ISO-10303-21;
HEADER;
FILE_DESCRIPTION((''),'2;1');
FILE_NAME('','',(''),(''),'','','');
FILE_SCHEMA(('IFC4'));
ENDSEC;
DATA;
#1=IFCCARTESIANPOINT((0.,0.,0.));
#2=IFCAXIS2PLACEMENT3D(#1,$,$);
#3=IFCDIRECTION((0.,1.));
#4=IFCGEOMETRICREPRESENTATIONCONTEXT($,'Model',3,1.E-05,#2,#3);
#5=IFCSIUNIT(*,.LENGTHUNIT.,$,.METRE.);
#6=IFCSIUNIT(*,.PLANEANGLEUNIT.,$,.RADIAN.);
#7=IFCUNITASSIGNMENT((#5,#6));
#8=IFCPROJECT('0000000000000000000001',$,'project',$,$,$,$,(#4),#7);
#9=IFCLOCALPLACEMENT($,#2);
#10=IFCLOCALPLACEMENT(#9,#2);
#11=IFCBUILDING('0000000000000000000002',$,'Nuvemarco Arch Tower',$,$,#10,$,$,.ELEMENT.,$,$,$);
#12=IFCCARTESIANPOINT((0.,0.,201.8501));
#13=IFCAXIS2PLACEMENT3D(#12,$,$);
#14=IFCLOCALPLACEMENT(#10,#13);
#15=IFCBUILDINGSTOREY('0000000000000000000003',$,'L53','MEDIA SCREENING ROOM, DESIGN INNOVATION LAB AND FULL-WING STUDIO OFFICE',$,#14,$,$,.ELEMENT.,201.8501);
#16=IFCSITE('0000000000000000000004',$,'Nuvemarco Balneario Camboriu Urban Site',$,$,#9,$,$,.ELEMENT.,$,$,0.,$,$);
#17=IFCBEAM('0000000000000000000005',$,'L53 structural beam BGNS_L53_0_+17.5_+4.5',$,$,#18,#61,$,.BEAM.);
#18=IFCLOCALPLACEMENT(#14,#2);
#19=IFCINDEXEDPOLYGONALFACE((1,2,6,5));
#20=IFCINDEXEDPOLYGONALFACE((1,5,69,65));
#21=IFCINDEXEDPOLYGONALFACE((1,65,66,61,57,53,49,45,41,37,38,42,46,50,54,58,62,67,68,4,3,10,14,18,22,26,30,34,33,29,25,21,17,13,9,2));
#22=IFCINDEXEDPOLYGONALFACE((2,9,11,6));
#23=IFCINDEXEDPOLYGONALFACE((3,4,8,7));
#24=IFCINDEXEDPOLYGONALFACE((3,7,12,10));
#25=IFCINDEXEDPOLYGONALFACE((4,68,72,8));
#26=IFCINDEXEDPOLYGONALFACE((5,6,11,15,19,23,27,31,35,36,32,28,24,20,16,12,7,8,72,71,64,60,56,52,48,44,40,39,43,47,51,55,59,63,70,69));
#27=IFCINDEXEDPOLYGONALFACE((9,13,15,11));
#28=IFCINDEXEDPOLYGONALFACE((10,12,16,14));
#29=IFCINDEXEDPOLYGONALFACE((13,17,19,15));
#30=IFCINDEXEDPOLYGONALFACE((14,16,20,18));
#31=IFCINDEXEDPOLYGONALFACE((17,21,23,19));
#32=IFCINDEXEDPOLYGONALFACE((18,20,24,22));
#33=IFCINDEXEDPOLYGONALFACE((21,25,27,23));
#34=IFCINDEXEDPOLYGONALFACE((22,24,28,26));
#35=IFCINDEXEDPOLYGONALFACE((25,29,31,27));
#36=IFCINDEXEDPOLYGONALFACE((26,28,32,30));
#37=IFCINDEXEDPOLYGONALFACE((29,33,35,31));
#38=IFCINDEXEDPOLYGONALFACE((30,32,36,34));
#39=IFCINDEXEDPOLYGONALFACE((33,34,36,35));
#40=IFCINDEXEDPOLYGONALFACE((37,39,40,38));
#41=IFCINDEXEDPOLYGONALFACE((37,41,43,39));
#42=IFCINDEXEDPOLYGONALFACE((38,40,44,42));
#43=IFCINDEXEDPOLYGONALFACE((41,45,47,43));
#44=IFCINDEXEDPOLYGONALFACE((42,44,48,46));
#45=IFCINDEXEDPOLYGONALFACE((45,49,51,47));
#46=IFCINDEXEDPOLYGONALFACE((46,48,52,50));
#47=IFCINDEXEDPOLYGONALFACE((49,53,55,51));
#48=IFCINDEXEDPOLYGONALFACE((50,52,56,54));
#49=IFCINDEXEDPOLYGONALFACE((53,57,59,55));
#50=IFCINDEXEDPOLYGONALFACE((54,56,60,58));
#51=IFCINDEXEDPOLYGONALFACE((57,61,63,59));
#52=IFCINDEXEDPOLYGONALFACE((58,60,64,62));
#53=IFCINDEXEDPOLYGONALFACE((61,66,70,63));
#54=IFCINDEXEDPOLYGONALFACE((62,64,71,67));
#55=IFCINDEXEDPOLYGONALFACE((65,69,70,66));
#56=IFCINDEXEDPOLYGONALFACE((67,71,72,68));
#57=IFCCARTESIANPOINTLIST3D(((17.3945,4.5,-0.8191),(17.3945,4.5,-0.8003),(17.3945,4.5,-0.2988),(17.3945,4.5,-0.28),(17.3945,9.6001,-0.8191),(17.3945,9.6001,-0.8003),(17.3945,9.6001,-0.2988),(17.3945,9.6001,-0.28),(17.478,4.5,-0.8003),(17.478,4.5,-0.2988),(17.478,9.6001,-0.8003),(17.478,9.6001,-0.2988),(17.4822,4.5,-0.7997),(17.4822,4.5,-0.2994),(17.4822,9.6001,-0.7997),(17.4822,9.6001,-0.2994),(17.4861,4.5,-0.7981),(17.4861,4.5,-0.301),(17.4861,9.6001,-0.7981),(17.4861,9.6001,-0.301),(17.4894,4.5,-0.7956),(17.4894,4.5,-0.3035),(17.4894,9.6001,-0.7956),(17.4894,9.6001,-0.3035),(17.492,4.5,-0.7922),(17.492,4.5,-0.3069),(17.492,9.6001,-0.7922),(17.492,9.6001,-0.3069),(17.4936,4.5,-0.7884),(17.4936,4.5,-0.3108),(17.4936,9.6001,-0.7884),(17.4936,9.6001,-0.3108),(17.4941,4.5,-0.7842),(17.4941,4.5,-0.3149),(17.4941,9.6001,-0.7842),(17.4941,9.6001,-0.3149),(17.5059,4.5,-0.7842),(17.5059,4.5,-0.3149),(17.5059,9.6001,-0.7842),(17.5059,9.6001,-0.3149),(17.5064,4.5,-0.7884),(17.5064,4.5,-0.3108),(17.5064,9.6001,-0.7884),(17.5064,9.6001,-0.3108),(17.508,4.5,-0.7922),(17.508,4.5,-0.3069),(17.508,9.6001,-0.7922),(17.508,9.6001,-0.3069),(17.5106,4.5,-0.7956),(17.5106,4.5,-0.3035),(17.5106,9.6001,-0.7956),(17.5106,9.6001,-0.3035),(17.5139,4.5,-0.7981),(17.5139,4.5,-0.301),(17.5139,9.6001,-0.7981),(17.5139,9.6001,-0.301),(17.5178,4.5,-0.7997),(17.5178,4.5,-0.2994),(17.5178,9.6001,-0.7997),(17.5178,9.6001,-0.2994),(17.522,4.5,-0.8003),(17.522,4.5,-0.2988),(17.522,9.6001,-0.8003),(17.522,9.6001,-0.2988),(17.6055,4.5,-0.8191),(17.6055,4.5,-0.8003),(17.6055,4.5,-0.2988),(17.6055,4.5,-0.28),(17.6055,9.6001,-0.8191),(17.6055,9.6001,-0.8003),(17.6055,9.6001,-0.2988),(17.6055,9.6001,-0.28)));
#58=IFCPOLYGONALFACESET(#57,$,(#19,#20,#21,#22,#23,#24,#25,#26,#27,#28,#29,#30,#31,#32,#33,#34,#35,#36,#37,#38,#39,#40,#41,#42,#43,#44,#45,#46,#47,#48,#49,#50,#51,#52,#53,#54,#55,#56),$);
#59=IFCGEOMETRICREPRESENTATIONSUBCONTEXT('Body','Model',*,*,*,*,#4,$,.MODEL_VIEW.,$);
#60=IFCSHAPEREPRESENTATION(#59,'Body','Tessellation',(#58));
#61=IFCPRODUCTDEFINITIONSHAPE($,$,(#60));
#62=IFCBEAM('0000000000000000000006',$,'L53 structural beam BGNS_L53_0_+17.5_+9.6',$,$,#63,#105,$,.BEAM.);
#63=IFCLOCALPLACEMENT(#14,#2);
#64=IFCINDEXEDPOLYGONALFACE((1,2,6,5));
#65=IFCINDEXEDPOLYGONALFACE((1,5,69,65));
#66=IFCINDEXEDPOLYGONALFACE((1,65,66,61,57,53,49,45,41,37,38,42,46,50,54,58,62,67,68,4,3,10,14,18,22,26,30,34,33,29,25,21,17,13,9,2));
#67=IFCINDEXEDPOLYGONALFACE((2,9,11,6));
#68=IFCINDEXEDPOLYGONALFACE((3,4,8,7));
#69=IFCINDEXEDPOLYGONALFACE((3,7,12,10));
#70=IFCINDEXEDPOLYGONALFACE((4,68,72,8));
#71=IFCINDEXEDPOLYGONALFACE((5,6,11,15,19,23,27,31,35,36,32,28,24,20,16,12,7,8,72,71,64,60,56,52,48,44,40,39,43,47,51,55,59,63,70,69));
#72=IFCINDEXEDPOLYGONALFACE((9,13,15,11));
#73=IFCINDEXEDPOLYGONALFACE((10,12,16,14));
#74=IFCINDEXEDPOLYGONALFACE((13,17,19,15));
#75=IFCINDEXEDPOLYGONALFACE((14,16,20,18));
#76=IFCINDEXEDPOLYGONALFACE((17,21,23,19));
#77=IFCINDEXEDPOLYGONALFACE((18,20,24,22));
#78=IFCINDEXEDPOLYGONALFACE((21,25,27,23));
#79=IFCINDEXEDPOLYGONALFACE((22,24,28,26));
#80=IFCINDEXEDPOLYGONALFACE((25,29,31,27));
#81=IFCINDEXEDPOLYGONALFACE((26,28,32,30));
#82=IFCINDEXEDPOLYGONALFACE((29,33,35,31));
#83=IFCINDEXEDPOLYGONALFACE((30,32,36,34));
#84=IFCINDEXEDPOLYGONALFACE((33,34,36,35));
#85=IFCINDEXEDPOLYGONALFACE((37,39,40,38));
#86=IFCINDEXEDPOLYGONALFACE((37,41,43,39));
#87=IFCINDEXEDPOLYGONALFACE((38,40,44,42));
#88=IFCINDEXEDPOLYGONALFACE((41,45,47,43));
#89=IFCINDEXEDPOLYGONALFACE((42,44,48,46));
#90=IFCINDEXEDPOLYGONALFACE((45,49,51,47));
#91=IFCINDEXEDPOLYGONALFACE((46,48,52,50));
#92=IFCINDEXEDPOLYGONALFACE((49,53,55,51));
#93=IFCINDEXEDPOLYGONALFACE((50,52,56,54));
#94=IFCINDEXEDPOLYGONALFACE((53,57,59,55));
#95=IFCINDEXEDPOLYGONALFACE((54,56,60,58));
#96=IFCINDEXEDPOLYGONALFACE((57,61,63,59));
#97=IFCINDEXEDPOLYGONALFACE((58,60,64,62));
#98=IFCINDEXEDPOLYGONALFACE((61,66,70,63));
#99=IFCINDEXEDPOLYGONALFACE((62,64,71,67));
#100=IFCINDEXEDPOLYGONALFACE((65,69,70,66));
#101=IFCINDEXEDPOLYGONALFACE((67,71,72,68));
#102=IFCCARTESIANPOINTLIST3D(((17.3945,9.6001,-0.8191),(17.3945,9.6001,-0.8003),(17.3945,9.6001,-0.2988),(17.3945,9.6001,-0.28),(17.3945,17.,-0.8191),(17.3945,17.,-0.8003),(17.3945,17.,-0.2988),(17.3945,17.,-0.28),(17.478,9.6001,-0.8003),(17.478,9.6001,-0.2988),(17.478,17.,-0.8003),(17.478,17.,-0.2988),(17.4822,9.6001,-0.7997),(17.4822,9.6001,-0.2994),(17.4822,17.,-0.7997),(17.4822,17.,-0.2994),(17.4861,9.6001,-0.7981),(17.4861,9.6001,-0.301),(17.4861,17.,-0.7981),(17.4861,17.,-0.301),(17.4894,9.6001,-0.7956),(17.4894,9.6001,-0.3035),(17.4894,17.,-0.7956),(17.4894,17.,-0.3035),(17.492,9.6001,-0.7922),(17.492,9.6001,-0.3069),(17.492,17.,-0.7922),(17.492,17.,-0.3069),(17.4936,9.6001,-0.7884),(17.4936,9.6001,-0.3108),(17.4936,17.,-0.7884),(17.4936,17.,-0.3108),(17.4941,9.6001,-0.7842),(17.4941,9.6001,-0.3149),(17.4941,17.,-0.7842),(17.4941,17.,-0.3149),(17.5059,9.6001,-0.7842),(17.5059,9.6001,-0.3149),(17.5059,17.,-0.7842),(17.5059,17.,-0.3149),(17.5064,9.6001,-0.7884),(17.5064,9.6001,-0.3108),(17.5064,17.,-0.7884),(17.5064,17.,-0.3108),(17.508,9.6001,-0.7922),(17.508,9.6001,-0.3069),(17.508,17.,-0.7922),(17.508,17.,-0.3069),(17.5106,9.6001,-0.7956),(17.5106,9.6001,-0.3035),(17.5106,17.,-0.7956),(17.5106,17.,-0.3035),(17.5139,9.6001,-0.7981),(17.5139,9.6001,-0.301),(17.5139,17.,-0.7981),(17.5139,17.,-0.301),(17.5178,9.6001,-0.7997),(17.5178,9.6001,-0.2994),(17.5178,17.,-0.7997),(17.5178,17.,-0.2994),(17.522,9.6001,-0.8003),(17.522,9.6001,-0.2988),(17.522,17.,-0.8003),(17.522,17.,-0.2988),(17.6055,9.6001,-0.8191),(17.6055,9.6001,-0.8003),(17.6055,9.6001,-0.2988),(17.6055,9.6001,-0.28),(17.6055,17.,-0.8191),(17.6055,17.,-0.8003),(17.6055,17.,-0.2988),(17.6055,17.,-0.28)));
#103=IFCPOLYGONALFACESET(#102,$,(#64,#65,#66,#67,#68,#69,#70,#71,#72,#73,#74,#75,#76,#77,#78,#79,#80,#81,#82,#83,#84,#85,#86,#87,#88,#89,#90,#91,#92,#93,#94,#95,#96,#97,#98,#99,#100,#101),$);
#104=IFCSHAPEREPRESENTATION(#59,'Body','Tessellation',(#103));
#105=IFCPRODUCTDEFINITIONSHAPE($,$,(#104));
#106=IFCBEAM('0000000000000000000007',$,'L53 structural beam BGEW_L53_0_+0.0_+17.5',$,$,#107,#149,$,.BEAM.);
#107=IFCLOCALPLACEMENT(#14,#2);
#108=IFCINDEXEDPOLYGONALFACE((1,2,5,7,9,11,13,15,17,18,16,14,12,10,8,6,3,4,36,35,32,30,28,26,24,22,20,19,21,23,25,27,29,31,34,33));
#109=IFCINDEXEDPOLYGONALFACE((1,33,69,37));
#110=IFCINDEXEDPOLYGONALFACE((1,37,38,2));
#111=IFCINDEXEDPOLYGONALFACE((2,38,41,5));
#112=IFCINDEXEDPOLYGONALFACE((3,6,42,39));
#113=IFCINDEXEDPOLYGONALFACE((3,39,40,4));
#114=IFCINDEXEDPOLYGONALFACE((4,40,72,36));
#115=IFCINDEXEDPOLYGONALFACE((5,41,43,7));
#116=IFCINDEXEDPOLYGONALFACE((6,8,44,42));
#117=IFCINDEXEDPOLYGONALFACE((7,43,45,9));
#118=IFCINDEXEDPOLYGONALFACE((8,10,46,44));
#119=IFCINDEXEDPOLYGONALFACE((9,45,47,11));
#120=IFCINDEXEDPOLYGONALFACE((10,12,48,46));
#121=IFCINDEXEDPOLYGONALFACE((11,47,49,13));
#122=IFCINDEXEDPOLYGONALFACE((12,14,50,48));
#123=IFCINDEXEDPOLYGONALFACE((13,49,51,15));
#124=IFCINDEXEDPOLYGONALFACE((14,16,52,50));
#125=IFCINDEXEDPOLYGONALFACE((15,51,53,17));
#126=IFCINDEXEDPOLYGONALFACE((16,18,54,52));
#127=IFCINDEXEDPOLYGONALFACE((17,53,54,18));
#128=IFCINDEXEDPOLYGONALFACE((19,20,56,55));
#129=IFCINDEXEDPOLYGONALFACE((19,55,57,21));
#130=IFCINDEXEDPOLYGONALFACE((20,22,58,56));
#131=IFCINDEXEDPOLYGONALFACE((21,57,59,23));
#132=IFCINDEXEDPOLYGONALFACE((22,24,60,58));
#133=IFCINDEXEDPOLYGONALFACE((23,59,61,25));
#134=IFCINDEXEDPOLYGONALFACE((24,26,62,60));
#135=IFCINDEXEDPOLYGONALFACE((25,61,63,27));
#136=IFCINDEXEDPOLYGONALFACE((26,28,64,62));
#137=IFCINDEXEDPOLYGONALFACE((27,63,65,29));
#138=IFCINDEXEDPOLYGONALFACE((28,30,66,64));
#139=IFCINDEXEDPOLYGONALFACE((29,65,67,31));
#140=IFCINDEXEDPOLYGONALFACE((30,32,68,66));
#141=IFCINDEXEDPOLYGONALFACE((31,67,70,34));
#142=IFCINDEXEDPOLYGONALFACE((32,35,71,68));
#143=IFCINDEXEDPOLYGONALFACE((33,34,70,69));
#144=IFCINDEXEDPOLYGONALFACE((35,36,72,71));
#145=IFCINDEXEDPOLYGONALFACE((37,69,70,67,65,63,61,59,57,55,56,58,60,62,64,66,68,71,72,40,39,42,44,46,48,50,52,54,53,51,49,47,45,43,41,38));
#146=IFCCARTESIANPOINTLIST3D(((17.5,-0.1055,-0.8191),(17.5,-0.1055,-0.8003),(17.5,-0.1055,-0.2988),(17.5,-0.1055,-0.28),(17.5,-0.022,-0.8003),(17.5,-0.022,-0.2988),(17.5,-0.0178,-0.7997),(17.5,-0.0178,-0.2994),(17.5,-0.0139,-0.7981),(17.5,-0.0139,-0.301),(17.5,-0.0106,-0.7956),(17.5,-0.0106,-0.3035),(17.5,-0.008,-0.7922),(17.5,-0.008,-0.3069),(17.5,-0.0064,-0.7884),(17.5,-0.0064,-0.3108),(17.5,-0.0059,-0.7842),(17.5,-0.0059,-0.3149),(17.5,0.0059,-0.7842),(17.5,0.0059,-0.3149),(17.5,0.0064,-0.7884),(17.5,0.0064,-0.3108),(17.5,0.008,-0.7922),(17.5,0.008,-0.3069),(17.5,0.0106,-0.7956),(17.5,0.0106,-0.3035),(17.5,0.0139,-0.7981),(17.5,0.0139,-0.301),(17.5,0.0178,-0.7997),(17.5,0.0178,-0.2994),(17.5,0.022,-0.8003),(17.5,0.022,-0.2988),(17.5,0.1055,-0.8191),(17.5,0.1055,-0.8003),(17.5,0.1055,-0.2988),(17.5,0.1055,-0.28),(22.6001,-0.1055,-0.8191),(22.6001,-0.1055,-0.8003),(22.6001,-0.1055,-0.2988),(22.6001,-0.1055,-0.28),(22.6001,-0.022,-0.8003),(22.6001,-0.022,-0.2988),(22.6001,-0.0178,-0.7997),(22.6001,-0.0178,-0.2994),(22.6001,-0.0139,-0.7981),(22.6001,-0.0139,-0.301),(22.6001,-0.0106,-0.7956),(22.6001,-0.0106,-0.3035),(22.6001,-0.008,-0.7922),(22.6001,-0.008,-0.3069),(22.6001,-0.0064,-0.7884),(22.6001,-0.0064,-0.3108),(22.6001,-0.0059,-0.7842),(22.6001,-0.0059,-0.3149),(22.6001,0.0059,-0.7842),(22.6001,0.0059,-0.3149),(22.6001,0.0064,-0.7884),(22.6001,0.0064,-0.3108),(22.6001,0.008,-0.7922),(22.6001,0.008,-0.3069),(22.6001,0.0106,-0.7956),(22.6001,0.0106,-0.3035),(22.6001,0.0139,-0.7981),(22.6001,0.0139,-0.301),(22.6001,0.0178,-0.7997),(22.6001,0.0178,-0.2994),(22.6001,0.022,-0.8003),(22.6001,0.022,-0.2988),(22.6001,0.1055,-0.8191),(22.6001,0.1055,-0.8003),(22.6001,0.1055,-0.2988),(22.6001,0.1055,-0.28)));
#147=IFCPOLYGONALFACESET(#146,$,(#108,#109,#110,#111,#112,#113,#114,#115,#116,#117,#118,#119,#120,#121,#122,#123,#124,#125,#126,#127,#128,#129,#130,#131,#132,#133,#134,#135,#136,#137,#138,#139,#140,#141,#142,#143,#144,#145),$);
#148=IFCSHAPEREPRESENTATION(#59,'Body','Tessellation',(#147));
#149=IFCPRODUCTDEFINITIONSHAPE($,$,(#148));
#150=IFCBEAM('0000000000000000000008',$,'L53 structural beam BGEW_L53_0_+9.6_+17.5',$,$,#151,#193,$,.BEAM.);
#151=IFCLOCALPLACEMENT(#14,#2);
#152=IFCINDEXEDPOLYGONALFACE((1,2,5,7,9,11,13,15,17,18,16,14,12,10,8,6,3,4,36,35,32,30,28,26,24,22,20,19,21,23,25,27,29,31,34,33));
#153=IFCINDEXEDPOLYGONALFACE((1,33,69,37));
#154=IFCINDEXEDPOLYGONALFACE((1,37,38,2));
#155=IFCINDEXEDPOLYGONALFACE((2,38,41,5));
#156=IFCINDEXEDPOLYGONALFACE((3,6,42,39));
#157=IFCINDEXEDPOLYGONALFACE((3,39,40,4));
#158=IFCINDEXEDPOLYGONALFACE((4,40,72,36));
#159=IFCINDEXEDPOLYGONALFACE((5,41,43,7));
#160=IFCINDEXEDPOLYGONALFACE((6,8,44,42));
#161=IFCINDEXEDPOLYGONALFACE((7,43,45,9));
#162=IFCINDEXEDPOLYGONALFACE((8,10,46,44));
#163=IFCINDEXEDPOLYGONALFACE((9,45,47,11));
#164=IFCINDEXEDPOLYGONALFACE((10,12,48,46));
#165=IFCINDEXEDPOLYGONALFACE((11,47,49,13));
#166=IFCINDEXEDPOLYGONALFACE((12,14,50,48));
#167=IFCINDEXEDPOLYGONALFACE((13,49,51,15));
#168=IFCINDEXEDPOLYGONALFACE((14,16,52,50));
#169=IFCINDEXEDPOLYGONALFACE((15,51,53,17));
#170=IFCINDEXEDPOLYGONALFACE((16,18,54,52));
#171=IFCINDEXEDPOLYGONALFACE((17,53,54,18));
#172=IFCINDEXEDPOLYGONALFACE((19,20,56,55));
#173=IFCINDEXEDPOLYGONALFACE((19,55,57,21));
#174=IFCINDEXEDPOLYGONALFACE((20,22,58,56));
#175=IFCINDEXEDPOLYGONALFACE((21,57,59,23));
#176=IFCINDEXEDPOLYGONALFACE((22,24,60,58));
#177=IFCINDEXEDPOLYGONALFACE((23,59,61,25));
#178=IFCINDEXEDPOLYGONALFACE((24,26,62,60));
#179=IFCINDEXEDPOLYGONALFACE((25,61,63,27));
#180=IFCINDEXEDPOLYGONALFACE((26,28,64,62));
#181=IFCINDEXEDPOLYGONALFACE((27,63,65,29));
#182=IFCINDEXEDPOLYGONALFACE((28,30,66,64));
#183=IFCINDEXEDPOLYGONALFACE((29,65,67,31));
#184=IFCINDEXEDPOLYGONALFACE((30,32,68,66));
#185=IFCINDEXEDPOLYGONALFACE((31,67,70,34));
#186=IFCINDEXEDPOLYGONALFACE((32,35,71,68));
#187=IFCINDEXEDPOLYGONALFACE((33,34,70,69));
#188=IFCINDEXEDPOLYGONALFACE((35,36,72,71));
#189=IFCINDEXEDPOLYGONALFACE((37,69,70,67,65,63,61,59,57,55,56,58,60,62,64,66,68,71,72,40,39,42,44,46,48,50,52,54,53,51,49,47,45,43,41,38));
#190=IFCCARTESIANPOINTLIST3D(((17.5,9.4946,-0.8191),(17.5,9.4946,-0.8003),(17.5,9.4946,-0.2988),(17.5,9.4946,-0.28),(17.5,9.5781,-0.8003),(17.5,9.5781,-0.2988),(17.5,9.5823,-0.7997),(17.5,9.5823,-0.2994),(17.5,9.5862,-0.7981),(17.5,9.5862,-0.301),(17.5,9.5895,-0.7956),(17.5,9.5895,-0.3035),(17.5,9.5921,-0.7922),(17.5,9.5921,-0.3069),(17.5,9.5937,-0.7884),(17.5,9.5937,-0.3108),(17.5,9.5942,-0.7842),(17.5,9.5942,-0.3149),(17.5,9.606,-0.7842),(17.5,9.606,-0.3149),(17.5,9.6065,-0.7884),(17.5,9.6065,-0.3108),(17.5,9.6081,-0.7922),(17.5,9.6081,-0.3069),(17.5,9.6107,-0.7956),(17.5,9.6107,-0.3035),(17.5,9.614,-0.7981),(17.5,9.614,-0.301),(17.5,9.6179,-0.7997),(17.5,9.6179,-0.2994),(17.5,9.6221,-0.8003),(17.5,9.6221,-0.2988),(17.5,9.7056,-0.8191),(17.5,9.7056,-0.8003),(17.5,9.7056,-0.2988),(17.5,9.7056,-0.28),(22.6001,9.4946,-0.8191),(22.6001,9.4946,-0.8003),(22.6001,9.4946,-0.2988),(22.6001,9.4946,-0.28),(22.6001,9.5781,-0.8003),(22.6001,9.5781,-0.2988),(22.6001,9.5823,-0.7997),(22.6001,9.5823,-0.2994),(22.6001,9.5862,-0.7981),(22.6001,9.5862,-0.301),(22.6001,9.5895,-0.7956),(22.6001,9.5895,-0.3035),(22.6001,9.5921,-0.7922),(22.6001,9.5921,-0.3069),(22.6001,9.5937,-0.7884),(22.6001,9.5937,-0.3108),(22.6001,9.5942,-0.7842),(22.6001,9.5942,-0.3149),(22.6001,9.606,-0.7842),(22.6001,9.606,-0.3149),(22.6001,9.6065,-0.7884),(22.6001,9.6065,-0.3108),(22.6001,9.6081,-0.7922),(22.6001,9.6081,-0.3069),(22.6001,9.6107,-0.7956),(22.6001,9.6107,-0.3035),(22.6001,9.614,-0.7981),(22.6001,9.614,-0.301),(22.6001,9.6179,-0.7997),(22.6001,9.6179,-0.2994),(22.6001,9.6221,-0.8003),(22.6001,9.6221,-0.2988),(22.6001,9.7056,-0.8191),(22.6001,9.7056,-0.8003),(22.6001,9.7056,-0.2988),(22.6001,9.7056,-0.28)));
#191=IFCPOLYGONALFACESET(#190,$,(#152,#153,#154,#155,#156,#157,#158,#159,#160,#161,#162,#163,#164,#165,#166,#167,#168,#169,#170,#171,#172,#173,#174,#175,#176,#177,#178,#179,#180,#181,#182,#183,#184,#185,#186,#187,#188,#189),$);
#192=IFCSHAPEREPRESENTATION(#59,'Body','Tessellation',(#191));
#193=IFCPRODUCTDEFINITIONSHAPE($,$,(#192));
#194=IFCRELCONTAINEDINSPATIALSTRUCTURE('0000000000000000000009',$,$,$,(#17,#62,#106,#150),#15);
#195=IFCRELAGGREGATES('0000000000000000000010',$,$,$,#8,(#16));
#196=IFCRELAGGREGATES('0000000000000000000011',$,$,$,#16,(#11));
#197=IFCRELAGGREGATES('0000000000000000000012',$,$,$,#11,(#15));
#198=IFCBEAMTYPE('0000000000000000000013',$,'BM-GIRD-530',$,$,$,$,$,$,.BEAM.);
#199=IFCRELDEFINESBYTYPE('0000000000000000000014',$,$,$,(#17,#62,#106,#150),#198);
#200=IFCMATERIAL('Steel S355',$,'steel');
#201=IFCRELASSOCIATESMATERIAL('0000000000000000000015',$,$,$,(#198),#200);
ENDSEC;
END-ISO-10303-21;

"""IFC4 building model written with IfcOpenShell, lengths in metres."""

from ifc_helpers import new_model, si_unit, direction, frame, origin, origin_2d, place, context, subcontext, project, spatial, i_section, extrude, material, material_profile, profile_set, type_object, element, save


model = new_model("IFC4")

# Units and contexts
model_context = context("Model", 3, precision=1e-05, world=origin(), true_north=direction((0.0, 1.0)))
body_context = subcontext(model_context, "Body", "Model", "MODEL_VIEW")
ifc_project = project(units=[si_unit("LENGTHUNIT", "METRE"), si_unit("PLANEANGLEUNIT", "RADIAN")], contexts=[model_context])

# Site, building, storey
site_placement = place(None, origin())
site = spatial("IfcSite", under=ifc_project, at=site_placement, Name="Nuvemarco Balneario Camboriu Urban Site", CompositionType="ELEMENT", RefElevation=0.0)
building_placement = place(site_placement, origin())
building = spatial("IfcBuilding", under=site, at=building_placement, Name="Nuvemarco Arch Tower", CompositionType="ELEMENT")
storey_placement = place(building_placement, frame((0.0, 0.0, 201.8501)))
storey = spatial("IfcBuildingStorey", under=building, at=storey_placement, Name="L53", Description="MEDIA SCREENING ROOM, DESIGN INNOVATION LAB AND FULL-WING STUDIO OFFICE", CompositionType="ELEMENT", Elevation=201.8501)

# Shared definitions
ifc_material_1 = material(Name="Steel S355", Category="steel")

# Beams
ifc_material_profile_1 = material_profile(ifc_material_1, i_section(OverallWidth=0.2109, OverallDepth=0.5391, WebThickness=0.0117, FlangeThickness=0.0188, FilletRadius=0.0161, at=origin_2d()), Name="W530x109")
ifc_profile_set_1 = profile_set([ifc_material_profile_1], Name="Steel S355")
beam_type_1 = type_object("IfcBeamType", Name="BM-GIRD-530", PredefinedType="BEAM", material=ifc_profile_set_1)
beam_1_placement = place(storey_placement, frame((17.5, 4.5, -0.5496), z_axis=(0.0, 1.0, 0.0), x_axis=(-1.0, 0.0, 0.0)))
element("IfcBeam", 1, at=beam_1_placement, inside=storey, type_object=beam_type_1, Name="L53 structural beam BGNS_L53_0_+17.5_+4.5", PredefinedType="BEAM", context=body_context, shape_type="SweptSolid", body=[
    extrude(i_section(OverallWidth=0.2109, OverallDepth=0.5391, WebThickness=0.0117, FlangeThickness=0.0188, FilletRadius=0.0161, at=origin_2d()), origin(), (0.0, 0.0, 1.0), 5.1001),
])
beam_2_placement = place(storey_placement, frame((17.5, 9.6001, -0.5496), z_axis=(0.0, 1.0, 0.0), x_axis=(-1.0, 0.0, 0.0)))
element("IfcBeam", 2, at=beam_2_placement, inside=storey, type_object=beam_type_1, Name="L53 structural beam BGNS_L53_0_+17.5_+9.6", PredefinedType="BEAM", context=body_context, shape_type="SweptSolid", body=[
    extrude(i_section(OverallWidth=0.2109, OverallDepth=0.5391, WebThickness=0.0117, FlangeThickness=0.0188, FilletRadius=0.0161, at=origin_2d()), origin(), (0.0, 0.0, 1.0), 7.3999),
])
for number, where, z_axis, x_axis, name in (
    (3, (17.5, 0.0, -0.5496), (1.0, 0.0, 0.0), (0.0, 1.0, 0.0), "L53 structural beam BGEW_L53_0_+0.0_+17.5"),
    (4, (17.5, 9.6001, -0.5496), (1.0, 0.0, 0.0), (0.0, 1.0, 0.0), "L53 structural beam BGEW_L53_0_+9.6_+17.5"),
):
    element("IfcBeam", number, at=place(storey_placement, frame(where, z_axis=z_axis, x_axis=x_axis)), inside=storey, type_object=beam_type_1, Name=name, PredefinedType="BEAM", context=body_context, shape_type="SweptSolid", body=[
        extrude(i_section(OverallWidth=0.2109, OverallDepth=0.5391, WebThickness=0.0117, FlangeThickness=0.0188, FilletRadius=0.0161, at=origin_2d()), origin(), (0.0, 0.0, 1.0), 5.1001),
    ])

save(model, "model.ifc")
